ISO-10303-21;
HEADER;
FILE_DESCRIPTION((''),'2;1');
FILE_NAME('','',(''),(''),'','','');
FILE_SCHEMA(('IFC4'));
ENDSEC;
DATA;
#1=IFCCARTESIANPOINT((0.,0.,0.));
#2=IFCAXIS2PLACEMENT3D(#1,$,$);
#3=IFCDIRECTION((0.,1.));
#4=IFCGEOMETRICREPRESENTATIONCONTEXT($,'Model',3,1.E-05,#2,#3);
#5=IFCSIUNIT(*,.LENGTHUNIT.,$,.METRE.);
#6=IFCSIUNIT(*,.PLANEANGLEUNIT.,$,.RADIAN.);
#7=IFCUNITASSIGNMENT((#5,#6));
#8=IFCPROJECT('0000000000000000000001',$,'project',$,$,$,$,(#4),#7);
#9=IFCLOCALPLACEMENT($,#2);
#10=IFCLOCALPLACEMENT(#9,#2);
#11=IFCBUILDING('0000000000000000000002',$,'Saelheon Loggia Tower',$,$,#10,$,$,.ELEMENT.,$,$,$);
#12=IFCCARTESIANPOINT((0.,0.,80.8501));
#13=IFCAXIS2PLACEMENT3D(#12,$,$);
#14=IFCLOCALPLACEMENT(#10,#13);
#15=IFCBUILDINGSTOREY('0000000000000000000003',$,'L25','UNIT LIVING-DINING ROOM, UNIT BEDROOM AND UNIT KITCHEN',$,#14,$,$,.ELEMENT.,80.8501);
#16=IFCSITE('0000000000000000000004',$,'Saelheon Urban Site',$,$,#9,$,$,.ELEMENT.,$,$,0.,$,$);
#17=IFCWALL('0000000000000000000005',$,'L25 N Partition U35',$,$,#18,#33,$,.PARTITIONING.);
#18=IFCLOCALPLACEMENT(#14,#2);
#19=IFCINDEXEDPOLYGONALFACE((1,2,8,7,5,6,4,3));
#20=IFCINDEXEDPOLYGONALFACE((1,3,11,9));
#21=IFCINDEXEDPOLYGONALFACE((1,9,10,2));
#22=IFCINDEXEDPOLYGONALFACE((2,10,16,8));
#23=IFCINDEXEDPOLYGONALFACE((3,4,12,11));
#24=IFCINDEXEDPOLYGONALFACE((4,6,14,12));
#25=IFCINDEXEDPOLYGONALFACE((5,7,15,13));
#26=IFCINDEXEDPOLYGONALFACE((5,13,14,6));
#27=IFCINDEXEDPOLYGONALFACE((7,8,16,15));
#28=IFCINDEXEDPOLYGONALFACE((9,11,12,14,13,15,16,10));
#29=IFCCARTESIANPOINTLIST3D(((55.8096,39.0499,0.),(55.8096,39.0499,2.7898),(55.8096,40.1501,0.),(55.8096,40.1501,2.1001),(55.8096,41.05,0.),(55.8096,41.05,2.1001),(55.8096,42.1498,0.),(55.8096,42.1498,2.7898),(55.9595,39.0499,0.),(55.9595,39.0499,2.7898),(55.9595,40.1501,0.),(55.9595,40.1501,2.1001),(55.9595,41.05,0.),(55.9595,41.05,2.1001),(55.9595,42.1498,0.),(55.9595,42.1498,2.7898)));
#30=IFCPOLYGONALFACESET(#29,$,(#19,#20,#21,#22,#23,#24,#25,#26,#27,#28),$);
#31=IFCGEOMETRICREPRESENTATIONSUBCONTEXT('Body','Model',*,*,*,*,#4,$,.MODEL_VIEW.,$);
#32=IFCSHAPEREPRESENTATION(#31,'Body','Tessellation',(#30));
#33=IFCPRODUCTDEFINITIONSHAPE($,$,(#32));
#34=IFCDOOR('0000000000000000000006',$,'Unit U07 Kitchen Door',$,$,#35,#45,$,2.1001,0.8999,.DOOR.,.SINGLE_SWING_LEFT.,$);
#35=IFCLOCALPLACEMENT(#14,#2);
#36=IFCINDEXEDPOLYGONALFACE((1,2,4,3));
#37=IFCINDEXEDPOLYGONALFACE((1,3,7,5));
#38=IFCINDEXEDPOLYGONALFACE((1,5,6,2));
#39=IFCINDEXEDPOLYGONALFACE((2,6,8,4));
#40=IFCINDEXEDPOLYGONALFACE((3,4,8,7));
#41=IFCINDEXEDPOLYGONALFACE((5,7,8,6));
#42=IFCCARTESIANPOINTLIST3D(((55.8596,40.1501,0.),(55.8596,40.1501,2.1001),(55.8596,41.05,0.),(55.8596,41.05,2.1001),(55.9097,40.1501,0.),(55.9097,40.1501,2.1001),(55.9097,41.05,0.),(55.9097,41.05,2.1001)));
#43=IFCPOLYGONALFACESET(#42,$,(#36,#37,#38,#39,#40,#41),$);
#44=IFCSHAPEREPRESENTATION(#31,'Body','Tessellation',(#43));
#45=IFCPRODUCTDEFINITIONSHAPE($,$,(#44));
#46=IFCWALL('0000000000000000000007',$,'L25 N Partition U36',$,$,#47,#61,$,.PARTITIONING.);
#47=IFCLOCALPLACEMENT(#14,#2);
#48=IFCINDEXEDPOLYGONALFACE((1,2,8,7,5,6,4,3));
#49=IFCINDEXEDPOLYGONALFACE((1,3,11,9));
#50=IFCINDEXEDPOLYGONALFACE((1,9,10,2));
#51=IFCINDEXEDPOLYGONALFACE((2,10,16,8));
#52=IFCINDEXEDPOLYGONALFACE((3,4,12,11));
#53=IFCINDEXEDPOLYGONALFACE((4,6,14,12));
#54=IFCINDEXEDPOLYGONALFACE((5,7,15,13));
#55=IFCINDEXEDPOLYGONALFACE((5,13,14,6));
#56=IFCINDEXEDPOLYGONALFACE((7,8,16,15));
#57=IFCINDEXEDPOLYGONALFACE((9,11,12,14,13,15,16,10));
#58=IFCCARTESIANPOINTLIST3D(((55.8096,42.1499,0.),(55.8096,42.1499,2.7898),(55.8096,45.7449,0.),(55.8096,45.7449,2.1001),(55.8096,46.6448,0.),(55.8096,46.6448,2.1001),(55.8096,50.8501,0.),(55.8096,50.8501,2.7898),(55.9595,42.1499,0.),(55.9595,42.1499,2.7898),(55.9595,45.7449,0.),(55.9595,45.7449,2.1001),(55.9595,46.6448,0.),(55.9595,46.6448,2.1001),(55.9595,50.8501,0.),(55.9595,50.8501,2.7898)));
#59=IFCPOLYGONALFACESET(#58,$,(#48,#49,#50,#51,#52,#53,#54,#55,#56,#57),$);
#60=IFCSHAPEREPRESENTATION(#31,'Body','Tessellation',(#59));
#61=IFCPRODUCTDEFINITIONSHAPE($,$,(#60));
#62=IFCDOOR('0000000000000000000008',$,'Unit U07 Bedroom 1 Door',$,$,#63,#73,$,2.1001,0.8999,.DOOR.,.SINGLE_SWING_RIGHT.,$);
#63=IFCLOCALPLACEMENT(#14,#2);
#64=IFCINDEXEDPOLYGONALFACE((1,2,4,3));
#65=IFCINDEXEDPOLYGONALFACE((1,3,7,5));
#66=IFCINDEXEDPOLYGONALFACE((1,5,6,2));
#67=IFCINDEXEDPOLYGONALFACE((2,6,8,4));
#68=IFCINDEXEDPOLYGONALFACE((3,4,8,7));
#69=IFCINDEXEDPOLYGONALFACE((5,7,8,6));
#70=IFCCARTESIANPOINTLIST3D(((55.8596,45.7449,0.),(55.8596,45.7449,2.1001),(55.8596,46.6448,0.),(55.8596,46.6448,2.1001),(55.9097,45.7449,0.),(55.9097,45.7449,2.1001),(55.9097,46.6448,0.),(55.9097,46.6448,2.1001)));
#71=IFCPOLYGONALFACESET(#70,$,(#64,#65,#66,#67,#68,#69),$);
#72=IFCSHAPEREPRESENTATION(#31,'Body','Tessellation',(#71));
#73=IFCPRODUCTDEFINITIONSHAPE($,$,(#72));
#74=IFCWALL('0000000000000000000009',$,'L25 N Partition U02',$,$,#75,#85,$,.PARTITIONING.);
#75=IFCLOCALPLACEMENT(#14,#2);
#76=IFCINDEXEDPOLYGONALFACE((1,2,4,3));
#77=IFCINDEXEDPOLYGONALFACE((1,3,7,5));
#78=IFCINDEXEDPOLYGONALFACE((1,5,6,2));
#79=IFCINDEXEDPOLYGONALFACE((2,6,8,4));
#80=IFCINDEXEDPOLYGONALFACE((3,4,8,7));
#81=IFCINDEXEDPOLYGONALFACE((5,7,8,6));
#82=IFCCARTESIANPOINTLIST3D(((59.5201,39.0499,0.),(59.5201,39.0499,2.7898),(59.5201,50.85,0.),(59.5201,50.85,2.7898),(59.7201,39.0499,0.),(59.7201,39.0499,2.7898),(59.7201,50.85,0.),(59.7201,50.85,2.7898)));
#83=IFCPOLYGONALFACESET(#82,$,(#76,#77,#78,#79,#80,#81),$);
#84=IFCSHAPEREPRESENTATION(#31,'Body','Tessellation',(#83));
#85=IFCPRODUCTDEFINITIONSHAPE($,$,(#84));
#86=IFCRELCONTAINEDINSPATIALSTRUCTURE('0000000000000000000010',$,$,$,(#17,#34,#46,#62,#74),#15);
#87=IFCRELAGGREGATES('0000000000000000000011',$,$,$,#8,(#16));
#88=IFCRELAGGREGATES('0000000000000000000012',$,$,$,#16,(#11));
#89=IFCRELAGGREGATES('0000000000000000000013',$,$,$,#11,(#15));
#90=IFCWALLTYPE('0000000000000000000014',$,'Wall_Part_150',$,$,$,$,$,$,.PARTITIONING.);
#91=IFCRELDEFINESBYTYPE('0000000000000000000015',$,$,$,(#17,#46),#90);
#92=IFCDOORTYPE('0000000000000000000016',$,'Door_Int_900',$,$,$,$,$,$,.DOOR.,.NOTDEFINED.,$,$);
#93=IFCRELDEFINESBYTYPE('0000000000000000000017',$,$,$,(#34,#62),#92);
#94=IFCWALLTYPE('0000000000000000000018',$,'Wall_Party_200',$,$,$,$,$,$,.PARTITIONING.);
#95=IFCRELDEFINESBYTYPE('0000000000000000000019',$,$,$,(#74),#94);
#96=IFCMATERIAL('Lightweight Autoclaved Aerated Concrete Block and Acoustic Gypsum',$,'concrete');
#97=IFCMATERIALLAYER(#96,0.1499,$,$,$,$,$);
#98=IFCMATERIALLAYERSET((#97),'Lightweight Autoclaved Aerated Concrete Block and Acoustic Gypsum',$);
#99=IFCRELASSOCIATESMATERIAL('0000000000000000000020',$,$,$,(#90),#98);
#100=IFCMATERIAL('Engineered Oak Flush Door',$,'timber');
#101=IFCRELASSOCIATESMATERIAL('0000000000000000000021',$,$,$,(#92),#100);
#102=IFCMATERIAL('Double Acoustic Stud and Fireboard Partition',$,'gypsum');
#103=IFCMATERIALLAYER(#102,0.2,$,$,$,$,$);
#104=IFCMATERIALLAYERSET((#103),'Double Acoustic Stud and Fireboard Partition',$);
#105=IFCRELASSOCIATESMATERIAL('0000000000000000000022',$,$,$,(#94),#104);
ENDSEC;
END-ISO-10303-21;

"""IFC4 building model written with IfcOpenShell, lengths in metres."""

from ifc_helpers import new_model, si_unit, direction, frame, frame_2d, origin, place, context, subcontext, project, spatial, rectangle, extrude, source, transform, mapped, material, layer, layer_set, type_object, element, fill, save


model = new_model("IFC4")

# Units and contexts
model_context = context("Model", 3, precision=1e-05, world=origin(), true_north=direction((0.0, 1.0)))
body_context = subcontext(model_context, "Body", "Model", "MODEL_VIEW")
ifc_project = project(units=[si_unit("LENGTHUNIT", "METRE"), si_unit("PLANEANGLEUNIT", "RADIAN")], contexts=[model_context])

# Site, building, storey
site_placement = place(None, origin())
site = spatial("IfcSite", under=ifc_project, at=site_placement, Name="Saelheon Urban Site", CompositionType="ELEMENT", RefElevation=0.0)
building_placement = place(site_placement, origin())
building = spatial("IfcBuilding", under=site, at=building_placement, Name="Saelheon Loggia Tower", CompositionType="ELEMENT")
storey_placement = place(building_placement, frame((0.0, 0.0, 80.8501)))
storey = spatial("IfcBuildingStorey", under=building, at=storey_placement, Name="L25", Description="UNIT LIVING-DINING ROOM, UNIT BEDROOM AND UNIT KITCHEN", CompositionType="ELEMENT", Elevation=80.8501)

# Shared definitions
ifc_material_1 = material(Name="Lightweight Autoclaved Aerated Concrete Block and Acoustic Gypsum", Category="concrete")
ifc_layer_1 = layer(ifc_material_1, 0.1499)
ifc_layer_set_1 = layer_set([ifc_layer_1], Name="Lightweight Autoclaved Aerated Concrete Block and Acoustic Gypsum")
wall_type_1 = type_object("IfcWallType", Name="Wall_Part_150", PredefinedType="PARTITIONING", material=ifc_layer_set_1)

# Walls, openings, doors
wall_1_placement = place(storey_placement, frame((55.8845, 39.05, 0.0), z_axis=(0.0, 0.0, 1.0), x_axis=(0.0, 1.0, 0.0)))
wall_1 = element("IfcWall", 1, at=wall_1_placement, inside=storey, type_object=wall_type_1, Name="L25 N Partition U35", PredefinedType="PARTITIONING", context=body_context, shape_type="SweptSolid", body=[
    extrude(rectangle(XDim=3.0999, YDim=0.1499, at=frame_2d((1.5498, 0.0))), origin(), (0.0, 0.0, 1.0), 2.7898),
])
opening_1_placement = place(wall_1_placement, frame((1.1001, 0.0, 0.0)))
opening_1 = element("IfcOpeningElement", 2, at=opening_1_placement, cuts=wall_1, PredefinedType="OPENING", context=body_context, shape_type="SweptSolid", body=[
    extrude(rectangle(XDim=0.8999, YDim=2.1001, at=frame_2d((0.45, 1.05))), frame((0.0, 0.0869, 0.0), z_axis=(0.0, -1.0, 0.0), x_axis=(1.0, 0.0, 0.0)), (0.0, 0.0, 1.0), 0.1738),
])
ifc_material_2 = material(Name="Engineered Oak Flush Door", Category="timber")
door_type = type_object("IfcDoorType", Name="Door_Int_900", OperationType="NOTDEFINED", PredefinedType="DOOR", material=ifc_material_2)
shared_shape_1 = source(origin(), body_context, "Body", "SweptSolid", [
    extrude(rectangle(XDim=0.8999, YDim=2.1001, at=frame_2d((0.45, 1.05))), frame((0.0, 0.0249, 0.0), z_axis=(0.0, -1.0, 0.0), x_axis=(1.0, 0.0, 0.0)), (0.0, 0.0, 1.0), 0.05),
])
door_1_placement = place(opening_1_placement, origin())
door_1 = element("IfcDoor", 3, at=door_1_placement, inside=storey, type_object=door_type, Name="Unit U07 Kitchen Door", OperationType="SINGLE_SWING_LEFT", OverallHeight=2.1001, OverallWidth=0.8999, PredefinedType="DOOR", context=body_context, shape_type="MappedRepresentation", body=[
    mapped(shared_shape_1, transform((0.0, 0.0, 0.0), scale=1.0)),
])
fill(opening_1, door_1)
wall_2_placement = place(storey_placement, frame((55.8845, 42.1499, 0.0), z_axis=(0.0, 0.0, 1.0), x_axis=(0.0, 1.0, 0.0)))
wall_2 = element("IfcWall", 4, at=wall_2_placement, inside=storey, type_object=wall_type_1, Name="L25 N Partition U36", PredefinedType="PARTITIONING", context=body_context, shape_type="SweptSolid", body=[
    extrude(rectangle(XDim=8.7002, YDim=0.1499, at=frame_2d((4.3501, 0.0))), origin(), (0.0, 0.0, 1.0), 2.7898),
])
opening_2_placement = place(wall_2_placement, frame((3.595, 0.0, 0.0)))
opening_2 = element("IfcOpeningElement", 5, at=opening_2_placement, cuts=wall_2, PredefinedType="OPENING", context=body_context, shape_type="SweptSolid", body=[
    extrude(rectangle(XDim=0.8999, YDim=2.1001, at=frame_2d((0.45, 1.05))), frame((0.0, 0.0869, 0.0), z_axis=(0.0, -1.0, 0.0), x_axis=(1.0, 0.0, 0.0)), (0.0, 0.0, 1.0), 0.1738),
])
door_2_placement = place(opening_2_placement, origin())
door_2 = element("IfcDoor", 6, at=door_2_placement, inside=storey, type_object=door_type, Name="Unit U07 Bedroom 1 Door", OperationType="SINGLE_SWING_RIGHT", OverallHeight=2.1001, OverallWidth=0.8999, PredefinedType="DOOR", context=body_context, shape_type="MappedRepresentation", body=[
    mapped(shared_shape_1, transform((0.0, 0.0, 0.0), scale=1.0)),
])
fill(opening_2, door_2)

# Wall
ifc_material_3 = material(Name="Double Acoustic Stud and Fireboard Partition", Category="gypsum")
ifc_layer_2 = layer(ifc_material_3, 0.2)
ifc_layer_set_2 = layer_set([ifc_layer_2], Name="Double Acoustic Stud and Fireboard Partition")
wall_type_2 = type_object("IfcWallType", Name="Wall_Party_200", PredefinedType="PARTITIONING", material=ifc_layer_set_2)
wall_3_placement = place(storey_placement, frame((59.6201, 39.05, 0.0), z_axis=(0.0, 0.0, 1.0), x_axis=(0.0, 1.0, 0.0)))
element("IfcWall", 7, at=wall_3_placement, inside=storey, type_object=wall_type_2, Name="L25 N Partition U02", PredefinedType="PARTITIONING", context=body_context, shape_type="SweptSolid", body=[
    extrude(rectangle(XDim=11.8, YDim=0.2, at=frame_2d((5.8999, 0.0))), origin(), (0.0, 0.0, 1.0), 2.7898),
])

save(model, "model.ifc")
